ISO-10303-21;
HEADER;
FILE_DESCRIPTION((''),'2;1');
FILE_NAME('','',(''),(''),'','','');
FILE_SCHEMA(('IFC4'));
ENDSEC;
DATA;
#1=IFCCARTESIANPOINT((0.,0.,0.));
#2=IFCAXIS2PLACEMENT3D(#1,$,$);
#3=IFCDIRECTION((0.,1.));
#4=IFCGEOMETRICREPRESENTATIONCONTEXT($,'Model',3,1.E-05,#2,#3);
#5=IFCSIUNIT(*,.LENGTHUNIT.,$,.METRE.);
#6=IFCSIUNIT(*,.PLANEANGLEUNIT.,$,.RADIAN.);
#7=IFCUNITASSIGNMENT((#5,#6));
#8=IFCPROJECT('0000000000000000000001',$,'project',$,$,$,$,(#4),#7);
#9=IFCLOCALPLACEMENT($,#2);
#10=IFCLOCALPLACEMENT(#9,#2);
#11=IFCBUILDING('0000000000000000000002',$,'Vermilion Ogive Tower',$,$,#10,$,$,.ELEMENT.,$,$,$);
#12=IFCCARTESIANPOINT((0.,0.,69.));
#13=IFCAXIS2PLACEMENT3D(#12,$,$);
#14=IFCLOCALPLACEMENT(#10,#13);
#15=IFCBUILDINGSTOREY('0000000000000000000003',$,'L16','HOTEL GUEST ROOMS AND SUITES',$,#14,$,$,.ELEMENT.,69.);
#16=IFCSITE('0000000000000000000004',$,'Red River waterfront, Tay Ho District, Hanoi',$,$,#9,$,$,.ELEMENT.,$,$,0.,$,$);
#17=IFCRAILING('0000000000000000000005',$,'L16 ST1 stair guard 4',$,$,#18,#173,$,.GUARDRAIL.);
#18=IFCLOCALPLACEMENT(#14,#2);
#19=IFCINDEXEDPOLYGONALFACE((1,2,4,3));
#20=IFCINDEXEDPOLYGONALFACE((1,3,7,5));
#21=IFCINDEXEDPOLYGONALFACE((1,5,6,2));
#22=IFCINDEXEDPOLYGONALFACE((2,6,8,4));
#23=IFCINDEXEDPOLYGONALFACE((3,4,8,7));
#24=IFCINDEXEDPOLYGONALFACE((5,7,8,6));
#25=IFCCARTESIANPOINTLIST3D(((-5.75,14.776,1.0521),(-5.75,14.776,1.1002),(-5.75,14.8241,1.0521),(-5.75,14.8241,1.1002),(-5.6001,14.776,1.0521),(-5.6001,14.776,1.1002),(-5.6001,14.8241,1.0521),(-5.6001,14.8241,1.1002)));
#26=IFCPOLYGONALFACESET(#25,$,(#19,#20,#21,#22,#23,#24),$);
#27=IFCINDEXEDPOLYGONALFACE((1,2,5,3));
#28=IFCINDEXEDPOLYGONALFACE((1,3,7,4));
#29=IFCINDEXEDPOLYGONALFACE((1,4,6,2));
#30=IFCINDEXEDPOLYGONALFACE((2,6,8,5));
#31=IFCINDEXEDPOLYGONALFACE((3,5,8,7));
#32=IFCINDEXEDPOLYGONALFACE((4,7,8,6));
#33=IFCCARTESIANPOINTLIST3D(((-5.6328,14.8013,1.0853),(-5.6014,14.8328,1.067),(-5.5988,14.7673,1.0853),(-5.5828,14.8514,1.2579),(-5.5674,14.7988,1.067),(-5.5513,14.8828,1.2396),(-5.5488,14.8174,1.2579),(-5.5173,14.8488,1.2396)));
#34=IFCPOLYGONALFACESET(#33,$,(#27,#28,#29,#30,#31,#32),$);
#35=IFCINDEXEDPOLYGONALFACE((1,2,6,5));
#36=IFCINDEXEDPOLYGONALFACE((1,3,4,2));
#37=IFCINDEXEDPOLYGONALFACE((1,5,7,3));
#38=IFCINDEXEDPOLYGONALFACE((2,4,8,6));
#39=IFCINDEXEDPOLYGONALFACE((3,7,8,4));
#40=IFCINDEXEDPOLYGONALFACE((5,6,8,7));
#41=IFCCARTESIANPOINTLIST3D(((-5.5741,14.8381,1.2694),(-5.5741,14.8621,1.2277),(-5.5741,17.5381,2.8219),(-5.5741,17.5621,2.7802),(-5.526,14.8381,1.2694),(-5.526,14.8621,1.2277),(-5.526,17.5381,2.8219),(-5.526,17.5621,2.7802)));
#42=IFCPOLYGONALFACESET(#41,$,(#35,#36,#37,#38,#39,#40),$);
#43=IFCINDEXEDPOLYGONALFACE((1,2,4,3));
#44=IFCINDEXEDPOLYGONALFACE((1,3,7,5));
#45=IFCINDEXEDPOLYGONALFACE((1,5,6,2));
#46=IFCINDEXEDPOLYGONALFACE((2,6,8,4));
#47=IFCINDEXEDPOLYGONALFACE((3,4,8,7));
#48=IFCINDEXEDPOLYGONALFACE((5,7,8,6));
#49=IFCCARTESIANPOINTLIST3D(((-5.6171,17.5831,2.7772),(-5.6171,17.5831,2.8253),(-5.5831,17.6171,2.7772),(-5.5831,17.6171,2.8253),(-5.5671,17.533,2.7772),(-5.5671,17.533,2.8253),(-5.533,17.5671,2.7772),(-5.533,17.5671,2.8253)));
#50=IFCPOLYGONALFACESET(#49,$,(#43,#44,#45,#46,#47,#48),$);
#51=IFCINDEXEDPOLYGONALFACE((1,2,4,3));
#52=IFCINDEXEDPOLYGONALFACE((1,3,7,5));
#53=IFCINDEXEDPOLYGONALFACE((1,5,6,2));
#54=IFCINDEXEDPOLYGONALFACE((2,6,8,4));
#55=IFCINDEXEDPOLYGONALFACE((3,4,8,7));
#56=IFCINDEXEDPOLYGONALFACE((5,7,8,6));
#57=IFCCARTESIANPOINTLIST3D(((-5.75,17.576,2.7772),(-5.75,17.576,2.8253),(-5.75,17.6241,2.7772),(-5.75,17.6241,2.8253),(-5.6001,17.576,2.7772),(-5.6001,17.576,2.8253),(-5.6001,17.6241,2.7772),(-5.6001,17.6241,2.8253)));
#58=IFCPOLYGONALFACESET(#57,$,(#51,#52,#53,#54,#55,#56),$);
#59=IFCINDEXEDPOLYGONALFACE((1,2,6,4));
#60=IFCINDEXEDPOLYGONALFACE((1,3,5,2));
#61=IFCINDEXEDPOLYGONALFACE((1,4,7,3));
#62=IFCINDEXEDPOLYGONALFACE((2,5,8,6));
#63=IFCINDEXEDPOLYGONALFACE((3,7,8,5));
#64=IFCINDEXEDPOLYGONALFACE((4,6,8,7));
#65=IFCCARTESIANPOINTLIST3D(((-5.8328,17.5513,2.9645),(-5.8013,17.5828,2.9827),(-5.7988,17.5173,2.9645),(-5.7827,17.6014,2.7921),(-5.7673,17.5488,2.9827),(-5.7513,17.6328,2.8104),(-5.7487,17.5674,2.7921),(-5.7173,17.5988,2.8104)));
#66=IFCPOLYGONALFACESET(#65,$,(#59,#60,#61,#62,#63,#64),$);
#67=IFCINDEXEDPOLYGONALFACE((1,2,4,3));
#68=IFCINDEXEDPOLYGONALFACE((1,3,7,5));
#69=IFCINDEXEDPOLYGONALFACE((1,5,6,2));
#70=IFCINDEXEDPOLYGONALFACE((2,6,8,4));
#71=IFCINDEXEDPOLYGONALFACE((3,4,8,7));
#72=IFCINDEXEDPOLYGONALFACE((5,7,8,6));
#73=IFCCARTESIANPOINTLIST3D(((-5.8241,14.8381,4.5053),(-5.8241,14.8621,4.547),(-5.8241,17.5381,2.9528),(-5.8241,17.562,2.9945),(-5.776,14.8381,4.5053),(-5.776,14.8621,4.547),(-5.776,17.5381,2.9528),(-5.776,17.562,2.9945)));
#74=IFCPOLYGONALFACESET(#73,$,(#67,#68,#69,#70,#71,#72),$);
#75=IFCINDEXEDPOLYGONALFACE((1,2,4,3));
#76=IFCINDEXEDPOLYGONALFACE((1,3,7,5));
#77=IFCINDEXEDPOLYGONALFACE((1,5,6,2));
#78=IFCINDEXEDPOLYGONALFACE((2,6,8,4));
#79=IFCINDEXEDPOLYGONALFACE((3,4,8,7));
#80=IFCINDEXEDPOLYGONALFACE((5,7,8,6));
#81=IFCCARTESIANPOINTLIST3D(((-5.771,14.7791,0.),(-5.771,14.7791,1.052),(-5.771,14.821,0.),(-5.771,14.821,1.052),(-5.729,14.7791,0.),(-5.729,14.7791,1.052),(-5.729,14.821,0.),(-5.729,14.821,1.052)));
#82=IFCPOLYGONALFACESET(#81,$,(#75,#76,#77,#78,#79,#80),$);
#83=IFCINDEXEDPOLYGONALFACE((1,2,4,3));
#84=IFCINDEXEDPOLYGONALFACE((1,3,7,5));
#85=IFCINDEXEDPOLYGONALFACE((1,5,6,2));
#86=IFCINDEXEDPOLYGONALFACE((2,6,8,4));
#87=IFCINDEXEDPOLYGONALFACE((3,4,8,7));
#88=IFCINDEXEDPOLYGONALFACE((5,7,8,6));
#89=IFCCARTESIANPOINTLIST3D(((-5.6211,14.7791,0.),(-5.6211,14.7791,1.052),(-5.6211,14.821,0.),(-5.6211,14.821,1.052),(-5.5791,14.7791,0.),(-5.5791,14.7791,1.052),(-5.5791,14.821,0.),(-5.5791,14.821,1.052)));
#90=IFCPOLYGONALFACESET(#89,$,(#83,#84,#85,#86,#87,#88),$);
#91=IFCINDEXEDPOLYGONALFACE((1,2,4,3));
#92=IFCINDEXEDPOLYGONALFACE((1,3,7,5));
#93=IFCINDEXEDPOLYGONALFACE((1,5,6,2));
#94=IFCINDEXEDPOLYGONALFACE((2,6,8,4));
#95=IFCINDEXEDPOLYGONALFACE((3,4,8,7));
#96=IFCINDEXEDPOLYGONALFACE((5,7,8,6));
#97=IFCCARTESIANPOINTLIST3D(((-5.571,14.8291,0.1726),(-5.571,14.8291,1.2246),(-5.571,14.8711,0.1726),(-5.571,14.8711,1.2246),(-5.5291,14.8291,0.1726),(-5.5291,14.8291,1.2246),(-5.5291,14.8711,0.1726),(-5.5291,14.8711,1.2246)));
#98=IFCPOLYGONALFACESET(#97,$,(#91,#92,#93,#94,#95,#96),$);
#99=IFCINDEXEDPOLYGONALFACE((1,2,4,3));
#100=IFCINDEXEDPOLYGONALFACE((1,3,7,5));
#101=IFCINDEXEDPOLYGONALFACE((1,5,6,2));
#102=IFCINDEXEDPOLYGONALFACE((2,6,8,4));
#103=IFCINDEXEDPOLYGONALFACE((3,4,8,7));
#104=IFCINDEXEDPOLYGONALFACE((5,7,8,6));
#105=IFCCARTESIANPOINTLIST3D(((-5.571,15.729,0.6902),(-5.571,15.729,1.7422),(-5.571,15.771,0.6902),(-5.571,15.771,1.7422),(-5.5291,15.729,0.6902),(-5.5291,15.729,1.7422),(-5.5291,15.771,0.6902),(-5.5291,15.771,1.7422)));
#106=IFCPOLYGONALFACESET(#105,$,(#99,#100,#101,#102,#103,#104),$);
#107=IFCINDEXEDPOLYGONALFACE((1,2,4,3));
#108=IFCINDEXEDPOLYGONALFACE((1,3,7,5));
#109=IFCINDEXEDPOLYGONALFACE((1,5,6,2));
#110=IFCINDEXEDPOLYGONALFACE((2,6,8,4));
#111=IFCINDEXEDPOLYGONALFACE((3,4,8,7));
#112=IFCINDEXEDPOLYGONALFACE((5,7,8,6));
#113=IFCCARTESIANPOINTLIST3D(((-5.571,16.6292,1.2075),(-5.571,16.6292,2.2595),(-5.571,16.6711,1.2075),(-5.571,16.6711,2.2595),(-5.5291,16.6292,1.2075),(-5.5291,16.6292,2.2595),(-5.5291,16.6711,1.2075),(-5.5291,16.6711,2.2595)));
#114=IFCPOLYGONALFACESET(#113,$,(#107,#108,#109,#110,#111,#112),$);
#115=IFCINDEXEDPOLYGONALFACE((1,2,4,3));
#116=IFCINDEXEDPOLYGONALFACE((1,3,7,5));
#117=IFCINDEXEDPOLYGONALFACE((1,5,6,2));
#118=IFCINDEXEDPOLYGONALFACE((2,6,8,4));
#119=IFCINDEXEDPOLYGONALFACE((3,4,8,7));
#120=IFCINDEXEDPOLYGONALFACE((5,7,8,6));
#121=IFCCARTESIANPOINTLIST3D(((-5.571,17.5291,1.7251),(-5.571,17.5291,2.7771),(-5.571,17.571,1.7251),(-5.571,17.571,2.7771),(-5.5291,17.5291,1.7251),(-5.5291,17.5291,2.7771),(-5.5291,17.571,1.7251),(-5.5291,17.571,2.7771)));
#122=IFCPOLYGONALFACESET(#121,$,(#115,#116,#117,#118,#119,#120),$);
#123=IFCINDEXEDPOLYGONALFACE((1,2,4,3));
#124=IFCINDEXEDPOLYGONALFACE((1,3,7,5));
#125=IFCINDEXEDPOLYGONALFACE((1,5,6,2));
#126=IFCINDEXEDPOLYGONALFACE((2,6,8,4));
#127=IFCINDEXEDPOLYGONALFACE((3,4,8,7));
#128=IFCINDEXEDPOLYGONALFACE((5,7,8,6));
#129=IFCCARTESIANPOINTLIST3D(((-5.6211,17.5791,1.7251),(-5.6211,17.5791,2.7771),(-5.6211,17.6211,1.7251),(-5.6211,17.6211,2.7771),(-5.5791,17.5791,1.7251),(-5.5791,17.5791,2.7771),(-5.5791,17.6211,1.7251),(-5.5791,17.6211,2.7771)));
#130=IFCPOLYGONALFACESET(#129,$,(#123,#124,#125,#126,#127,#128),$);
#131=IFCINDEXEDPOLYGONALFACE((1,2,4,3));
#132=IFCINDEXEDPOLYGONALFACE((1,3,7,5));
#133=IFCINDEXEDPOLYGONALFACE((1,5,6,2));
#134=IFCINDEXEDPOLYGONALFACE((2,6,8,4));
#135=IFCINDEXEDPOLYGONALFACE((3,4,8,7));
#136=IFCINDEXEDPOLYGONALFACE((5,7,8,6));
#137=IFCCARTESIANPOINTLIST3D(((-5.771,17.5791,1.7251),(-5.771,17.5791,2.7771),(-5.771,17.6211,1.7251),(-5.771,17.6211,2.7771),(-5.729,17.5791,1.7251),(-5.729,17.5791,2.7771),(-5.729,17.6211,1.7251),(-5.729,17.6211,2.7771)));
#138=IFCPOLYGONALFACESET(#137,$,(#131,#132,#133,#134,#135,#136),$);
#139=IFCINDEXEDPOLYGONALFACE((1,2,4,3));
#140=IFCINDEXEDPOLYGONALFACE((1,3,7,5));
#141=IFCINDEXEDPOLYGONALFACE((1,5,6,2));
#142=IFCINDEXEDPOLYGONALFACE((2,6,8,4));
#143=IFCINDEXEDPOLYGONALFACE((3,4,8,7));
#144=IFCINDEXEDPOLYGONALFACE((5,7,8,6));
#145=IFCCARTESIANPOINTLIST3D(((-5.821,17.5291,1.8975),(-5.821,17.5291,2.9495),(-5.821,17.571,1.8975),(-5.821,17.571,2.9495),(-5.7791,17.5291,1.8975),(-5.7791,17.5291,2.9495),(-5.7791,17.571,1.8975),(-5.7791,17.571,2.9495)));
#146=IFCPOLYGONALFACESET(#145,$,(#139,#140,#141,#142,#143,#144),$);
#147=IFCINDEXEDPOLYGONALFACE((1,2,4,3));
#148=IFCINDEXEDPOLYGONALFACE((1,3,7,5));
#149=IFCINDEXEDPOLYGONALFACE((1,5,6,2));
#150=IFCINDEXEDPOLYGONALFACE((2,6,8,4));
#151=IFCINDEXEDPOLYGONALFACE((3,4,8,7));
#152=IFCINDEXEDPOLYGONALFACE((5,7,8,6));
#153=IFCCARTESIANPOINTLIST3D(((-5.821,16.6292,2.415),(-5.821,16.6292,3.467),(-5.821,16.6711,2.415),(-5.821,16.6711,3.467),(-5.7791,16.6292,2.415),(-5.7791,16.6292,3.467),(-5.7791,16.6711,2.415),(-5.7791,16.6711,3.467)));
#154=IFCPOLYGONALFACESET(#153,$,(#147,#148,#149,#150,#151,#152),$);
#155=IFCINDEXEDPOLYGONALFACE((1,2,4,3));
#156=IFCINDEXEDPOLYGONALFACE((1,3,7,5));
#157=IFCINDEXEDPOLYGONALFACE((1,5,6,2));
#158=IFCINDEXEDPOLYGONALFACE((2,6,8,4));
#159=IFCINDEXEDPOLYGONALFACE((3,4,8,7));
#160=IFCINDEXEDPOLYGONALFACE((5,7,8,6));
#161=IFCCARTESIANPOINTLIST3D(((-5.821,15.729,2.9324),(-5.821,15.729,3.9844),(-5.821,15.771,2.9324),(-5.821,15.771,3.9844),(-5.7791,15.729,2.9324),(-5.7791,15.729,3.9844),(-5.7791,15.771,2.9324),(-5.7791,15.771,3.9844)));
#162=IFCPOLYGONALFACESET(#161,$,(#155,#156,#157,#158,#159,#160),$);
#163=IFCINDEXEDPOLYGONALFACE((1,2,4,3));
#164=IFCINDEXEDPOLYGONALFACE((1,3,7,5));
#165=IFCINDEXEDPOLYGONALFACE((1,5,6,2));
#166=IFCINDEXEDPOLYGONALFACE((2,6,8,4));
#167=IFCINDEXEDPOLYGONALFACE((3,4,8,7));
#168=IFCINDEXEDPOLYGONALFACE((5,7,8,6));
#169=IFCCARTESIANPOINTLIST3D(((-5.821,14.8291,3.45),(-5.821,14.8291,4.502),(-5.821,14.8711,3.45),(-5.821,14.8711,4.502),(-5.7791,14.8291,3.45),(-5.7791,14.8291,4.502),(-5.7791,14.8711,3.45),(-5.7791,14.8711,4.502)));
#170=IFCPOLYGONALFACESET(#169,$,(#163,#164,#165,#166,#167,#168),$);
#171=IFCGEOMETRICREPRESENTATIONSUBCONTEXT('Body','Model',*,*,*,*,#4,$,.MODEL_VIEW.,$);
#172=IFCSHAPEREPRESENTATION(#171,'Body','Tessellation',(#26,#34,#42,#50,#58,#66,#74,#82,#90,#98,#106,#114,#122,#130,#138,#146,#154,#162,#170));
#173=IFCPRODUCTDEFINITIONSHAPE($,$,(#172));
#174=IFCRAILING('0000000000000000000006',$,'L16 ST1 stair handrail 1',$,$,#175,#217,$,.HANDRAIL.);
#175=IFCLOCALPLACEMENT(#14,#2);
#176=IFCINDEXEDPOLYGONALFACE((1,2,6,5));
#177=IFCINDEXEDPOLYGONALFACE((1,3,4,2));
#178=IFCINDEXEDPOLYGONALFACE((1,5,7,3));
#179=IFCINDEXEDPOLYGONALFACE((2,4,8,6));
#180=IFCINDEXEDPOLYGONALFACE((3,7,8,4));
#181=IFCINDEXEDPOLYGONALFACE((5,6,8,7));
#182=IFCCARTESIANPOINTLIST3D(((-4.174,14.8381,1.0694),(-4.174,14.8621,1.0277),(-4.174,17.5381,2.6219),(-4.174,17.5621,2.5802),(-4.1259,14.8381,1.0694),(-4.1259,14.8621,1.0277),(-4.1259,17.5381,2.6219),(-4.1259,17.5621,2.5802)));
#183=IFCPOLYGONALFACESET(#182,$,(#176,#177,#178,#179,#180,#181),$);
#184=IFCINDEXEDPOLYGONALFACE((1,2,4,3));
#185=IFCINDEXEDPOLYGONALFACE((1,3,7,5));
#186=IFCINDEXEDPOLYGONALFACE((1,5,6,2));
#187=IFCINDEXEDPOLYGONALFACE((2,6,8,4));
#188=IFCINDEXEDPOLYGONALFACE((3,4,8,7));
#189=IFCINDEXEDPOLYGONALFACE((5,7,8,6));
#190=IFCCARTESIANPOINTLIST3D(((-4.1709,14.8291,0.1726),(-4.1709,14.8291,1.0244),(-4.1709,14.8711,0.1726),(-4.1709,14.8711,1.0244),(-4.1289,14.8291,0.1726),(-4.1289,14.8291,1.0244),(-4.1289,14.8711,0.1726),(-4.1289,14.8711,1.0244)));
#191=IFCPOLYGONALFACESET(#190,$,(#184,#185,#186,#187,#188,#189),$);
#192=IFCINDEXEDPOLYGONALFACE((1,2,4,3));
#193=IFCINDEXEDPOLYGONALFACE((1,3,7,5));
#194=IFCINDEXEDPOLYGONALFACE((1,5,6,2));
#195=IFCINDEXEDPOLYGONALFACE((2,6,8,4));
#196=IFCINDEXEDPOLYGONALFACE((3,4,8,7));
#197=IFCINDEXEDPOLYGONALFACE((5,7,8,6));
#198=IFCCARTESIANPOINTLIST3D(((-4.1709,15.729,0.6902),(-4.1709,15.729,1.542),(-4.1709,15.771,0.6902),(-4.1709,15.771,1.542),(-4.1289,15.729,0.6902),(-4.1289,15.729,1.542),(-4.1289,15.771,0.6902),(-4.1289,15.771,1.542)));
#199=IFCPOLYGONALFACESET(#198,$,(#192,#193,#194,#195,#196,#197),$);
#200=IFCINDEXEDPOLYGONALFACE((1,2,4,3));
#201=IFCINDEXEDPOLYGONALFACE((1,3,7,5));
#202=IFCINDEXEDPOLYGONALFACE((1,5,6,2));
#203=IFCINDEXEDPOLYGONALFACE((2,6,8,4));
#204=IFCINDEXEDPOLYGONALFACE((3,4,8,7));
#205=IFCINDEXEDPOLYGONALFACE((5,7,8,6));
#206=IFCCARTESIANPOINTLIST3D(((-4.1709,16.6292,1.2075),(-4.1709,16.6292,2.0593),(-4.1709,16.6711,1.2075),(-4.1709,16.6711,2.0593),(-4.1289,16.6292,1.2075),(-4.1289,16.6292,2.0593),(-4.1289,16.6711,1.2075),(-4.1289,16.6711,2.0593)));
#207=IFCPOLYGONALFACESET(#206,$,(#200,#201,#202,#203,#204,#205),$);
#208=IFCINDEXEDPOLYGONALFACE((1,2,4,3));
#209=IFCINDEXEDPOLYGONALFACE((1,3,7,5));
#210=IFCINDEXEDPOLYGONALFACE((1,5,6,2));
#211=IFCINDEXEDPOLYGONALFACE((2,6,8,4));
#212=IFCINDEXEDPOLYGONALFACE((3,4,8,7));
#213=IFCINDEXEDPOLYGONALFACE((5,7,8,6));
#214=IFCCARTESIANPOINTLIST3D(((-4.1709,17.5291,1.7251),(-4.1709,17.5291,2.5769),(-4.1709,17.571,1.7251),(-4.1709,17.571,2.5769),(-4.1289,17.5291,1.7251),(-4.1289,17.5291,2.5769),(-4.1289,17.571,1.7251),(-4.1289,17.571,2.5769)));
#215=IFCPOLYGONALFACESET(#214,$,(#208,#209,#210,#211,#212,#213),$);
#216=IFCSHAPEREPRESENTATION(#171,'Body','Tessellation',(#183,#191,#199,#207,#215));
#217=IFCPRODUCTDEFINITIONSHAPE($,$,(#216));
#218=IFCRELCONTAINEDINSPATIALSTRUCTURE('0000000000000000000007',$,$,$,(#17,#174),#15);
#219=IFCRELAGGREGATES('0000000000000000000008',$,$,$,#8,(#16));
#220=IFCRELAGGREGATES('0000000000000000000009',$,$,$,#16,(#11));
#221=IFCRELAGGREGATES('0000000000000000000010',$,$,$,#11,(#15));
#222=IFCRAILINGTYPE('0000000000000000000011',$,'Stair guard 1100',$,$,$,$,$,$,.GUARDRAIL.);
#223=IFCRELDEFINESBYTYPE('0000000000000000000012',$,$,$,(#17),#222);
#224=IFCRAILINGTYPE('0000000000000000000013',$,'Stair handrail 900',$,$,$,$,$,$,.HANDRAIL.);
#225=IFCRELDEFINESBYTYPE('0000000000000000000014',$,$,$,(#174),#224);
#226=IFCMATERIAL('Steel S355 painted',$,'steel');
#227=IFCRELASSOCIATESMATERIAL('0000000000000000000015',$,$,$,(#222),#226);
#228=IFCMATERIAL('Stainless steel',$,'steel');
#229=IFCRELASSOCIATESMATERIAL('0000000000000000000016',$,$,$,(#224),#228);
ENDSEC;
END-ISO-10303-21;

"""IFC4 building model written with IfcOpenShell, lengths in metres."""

from ifc_helpers import new_model, si_unit, direction, frame, origin, origin_2d, place, context, subcontext, project, spatial, rectangle, extrude, material, type_object, element, save


model = new_model("IFC4")

# Units and contexts
model_context = context("Model", 3, precision=1e-05, world=origin(), true_north=direction((0.0, 1.0)))
body_context = subcontext(model_context, "Body", "Model", "MODEL_VIEW")
ifc_project = project(units=[si_unit("LENGTHUNIT", "METRE"), si_unit("PLANEANGLEUNIT", "RADIAN")], contexts=[model_context])

# Site, building, storey
site_placement = place(None, origin())
site = spatial("IfcSite", under=ifc_project, at=site_placement, Name="Red River waterfront, Tay Ho District, Hanoi", CompositionType="ELEMENT", RefElevation=0.0)
building_placement = place(site_placement, origin())
building = spatial("IfcBuilding", under=site, at=building_placement, Name="Vermilion Ogive Tower", CompositionType="ELEMENT")
storey_placement = place(building_placement, frame((0.0, 0.0, 69.0)))
storey = spatial("IfcBuildingStorey", under=building, at=storey_placement, Name="L16", Description="HOTEL GUEST ROOMS AND SUITES", CompositionType="ELEMENT", Elevation=69.0)

# Railings
ifc_material_1 = material(Name="Steel S355 painted", Category="steel")
railing_type_1 = type_object("IfcRailingType", Name="Stair guard 1100", PredefinedType="GUARDRAIL", material=ifc_material_1)
railing_1_placement = place(storey_placement, frame((-5.75, 14.8, 0.0)))
element("IfcRailing", 1, at=railing_1_placement, inside=storey, type_object=railing_type_1, Name="L16 ST1 stair guard 4", PredefinedType="GUARDRAIL", context=body_context, shape_type="SweptSolid", body=[
    extrude(rectangle(XDim=0.0481, YDim=0.0481, at=origin_2d()), frame((0.0, 0.0, 1.0762), z_axis=(1.0, 0.0, 0.0), x_axis=(0.0, 1.0, 0.0)), (0.0, 0.0, 1.0), 0.1499),
    extrude(rectangle(XDim=0.0481, YDim=0.0481, at=origin_2d()), frame((0.1499, 0.0, 1.0762), z_axis=(0.268278, 0.268278, 0.925232), x_axis=(-0.707107, 0.707107, 0.0)), (0.0, 0.0, 1.0), 0.1865),
    extrude(rectangle(XDim=0.0481, YDim=0.0481, at=origin_2d()), frame((0.2, 0.05, 1.2485), z_axis=(0.0, 0.866904, 0.498476), x_axis=(-1.0, 0.0, 0.0)), (0.0, 0.0, 1.0), 3.1145),
    extrude(rectangle(XDim=0.0481, YDim=0.0481, at=origin_2d()), frame((0.2, 2.75, 2.8013), z_axis=(-0.707107, 0.707107, 0.0), x_axis=(-0.707107, -0.707107, 0.0)), (0.0, 0.0, 1.0), 0.0708),
    extrude(rectangle(XDim=0.0481, YDim=0.0481, at=origin_2d()), frame((0.1499, 2.8, 2.8013), z_axis=(-1.0, 0.0, 0.0), x_axis=(0.0, -1.0, 0.0)), (0.0, 0.0, 1.0), 0.1499),
    extrude(rectangle(XDim=0.0481, YDim=0.0481, at=origin_2d()), frame((0.0, 2.8, 2.8013), z_axis=(-0.268603, -0.268603, 0.925043), x_axis=(0.707107, -0.707107, 0.0)), (0.0, 0.0, 1.0), 0.1863),
    extrude(rectangle(XDim=0.0481, YDim=0.0481, at=origin_2d()), frame((-0.05, 2.75, 2.9736), z_axis=(0.0, -0.866904, 0.498476), x_axis=(1.0, 0.0, 0.0)), (0.0, 0.0, 1.0), 3.1145),
    extrude(rectangle(XDim=0.042, YDim=0.042, at=origin_2d()), origin(), (0.0, 0.0, 1.0), 1.052),
    extrude(rectangle(XDim=0.042, YDim=0.042, at=origin_2d()), frame((0.1499, 0.0, 0.0)), (0.0, 0.0, 1.0), 1.052),
    extrude(rectangle(XDim=0.042, YDim=0.042, at=origin_2d()), frame((0.2, 0.05, 0.1726)), (0.0, 0.0, 1.0), 1.052),
    extrude(rectangle(XDim=0.042, YDim=0.042, at=origin_2d()), frame((0.2, 0.95, 0.6902)), (0.0, 0.0, 1.0), 1.052),
    extrude(rectangle(XDim=0.042, YDim=0.042, at=origin_2d()), frame((0.2, 1.8501, 1.2075)), (0.0, 0.0, 1.0), 1.052),
    extrude(rectangle(XDim=0.042, YDim=0.042, at=origin_2d()), frame((0.2, 2.75, 1.7251)), (0.0, 0.0, 1.0), 1.052),
    extrude(rectangle(XDim=0.042, YDim=0.042, at=origin_2d()), frame((0.1499, 2.8, 1.7251)), (0.0, 0.0, 1.0), 1.052),
    extrude(rectangle(XDim=0.042, YDim=0.042, at=origin_2d()), frame((0.0, 2.8, 1.7251)), (0.0, 0.0, 1.0), 1.052),
    extrude(rectangle(XDim=0.042, YDim=0.042, at=origin_2d()), frame((-0.05, 2.75, 1.8975)), (0.0, 0.0, 1.0), 1.052),
    extrude(rectangle(XDim=0.042, YDim=0.042, at=origin_2d()), frame((-0.05, 1.8501, 2.415)), (0.0, 0.0, 1.0), 1.052),
    extrude(rectangle(XDim=0.042, YDim=0.042, at=origin_2d()), frame((-0.05, 0.95, 2.9324)), (0.0, 0.0, 1.0), 1.052),
    extrude(rectangle(XDim=0.042, YDim=0.042, at=origin_2d()), frame((-0.05, 0.05, 3.45)), (0.0, 0.0, 1.0), 1.052),
])
ifc_material_2 = material(Name="Stainless steel", Category="steel")
railing_type_2 = type_object("IfcRailingType", Name="Stair handrail 900", PredefinedType="HANDRAIL", material=ifc_material_2)
railing_2_placement = place(storey_placement, frame((-4.1499, 14.8501, 0.1726)))
element("IfcRailing", 2, at=railing_2_placement, inside=storey, type_object=railing_type_2, Name="L16 ST1 stair handrail 1", PredefinedType="HANDRAIL", context=body_context, shape_type="SweptSolid", body=[
    extrude(rectangle(XDim=0.0481, YDim=0.0481, at=origin_2d()), frame((0.0, 0.0, 0.876), z_axis=(0.0, 0.866904, 0.498476), x_axis=(-1.0, 0.0, 0.0)), (0.0, 0.0, 1.0), 3.1145),
    extrude(rectangle(XDim=0.042, YDim=0.042, at=origin_2d()), origin(), (0.0, 0.0, 1.0), 0.8518),
    extrude(rectangle(XDim=0.042, YDim=0.042, at=origin_2d()), frame((0.0, 0.8999, 0.5176)), (0.0, 0.0, 1.0), 0.8518),
    extrude(rectangle(XDim=0.042, YDim=0.042, at=origin_2d()), frame((0.0, 1.8, 1.0349)), (0.0, 0.0, 1.0), 0.8518),
    extrude(rectangle(XDim=0.042, YDim=0.042, at=origin_2d()), frame((0.0, 2.7, 1.5525)), (0.0, 0.0, 1.0), 0.8518),
])

save(model, "model.ifc")
